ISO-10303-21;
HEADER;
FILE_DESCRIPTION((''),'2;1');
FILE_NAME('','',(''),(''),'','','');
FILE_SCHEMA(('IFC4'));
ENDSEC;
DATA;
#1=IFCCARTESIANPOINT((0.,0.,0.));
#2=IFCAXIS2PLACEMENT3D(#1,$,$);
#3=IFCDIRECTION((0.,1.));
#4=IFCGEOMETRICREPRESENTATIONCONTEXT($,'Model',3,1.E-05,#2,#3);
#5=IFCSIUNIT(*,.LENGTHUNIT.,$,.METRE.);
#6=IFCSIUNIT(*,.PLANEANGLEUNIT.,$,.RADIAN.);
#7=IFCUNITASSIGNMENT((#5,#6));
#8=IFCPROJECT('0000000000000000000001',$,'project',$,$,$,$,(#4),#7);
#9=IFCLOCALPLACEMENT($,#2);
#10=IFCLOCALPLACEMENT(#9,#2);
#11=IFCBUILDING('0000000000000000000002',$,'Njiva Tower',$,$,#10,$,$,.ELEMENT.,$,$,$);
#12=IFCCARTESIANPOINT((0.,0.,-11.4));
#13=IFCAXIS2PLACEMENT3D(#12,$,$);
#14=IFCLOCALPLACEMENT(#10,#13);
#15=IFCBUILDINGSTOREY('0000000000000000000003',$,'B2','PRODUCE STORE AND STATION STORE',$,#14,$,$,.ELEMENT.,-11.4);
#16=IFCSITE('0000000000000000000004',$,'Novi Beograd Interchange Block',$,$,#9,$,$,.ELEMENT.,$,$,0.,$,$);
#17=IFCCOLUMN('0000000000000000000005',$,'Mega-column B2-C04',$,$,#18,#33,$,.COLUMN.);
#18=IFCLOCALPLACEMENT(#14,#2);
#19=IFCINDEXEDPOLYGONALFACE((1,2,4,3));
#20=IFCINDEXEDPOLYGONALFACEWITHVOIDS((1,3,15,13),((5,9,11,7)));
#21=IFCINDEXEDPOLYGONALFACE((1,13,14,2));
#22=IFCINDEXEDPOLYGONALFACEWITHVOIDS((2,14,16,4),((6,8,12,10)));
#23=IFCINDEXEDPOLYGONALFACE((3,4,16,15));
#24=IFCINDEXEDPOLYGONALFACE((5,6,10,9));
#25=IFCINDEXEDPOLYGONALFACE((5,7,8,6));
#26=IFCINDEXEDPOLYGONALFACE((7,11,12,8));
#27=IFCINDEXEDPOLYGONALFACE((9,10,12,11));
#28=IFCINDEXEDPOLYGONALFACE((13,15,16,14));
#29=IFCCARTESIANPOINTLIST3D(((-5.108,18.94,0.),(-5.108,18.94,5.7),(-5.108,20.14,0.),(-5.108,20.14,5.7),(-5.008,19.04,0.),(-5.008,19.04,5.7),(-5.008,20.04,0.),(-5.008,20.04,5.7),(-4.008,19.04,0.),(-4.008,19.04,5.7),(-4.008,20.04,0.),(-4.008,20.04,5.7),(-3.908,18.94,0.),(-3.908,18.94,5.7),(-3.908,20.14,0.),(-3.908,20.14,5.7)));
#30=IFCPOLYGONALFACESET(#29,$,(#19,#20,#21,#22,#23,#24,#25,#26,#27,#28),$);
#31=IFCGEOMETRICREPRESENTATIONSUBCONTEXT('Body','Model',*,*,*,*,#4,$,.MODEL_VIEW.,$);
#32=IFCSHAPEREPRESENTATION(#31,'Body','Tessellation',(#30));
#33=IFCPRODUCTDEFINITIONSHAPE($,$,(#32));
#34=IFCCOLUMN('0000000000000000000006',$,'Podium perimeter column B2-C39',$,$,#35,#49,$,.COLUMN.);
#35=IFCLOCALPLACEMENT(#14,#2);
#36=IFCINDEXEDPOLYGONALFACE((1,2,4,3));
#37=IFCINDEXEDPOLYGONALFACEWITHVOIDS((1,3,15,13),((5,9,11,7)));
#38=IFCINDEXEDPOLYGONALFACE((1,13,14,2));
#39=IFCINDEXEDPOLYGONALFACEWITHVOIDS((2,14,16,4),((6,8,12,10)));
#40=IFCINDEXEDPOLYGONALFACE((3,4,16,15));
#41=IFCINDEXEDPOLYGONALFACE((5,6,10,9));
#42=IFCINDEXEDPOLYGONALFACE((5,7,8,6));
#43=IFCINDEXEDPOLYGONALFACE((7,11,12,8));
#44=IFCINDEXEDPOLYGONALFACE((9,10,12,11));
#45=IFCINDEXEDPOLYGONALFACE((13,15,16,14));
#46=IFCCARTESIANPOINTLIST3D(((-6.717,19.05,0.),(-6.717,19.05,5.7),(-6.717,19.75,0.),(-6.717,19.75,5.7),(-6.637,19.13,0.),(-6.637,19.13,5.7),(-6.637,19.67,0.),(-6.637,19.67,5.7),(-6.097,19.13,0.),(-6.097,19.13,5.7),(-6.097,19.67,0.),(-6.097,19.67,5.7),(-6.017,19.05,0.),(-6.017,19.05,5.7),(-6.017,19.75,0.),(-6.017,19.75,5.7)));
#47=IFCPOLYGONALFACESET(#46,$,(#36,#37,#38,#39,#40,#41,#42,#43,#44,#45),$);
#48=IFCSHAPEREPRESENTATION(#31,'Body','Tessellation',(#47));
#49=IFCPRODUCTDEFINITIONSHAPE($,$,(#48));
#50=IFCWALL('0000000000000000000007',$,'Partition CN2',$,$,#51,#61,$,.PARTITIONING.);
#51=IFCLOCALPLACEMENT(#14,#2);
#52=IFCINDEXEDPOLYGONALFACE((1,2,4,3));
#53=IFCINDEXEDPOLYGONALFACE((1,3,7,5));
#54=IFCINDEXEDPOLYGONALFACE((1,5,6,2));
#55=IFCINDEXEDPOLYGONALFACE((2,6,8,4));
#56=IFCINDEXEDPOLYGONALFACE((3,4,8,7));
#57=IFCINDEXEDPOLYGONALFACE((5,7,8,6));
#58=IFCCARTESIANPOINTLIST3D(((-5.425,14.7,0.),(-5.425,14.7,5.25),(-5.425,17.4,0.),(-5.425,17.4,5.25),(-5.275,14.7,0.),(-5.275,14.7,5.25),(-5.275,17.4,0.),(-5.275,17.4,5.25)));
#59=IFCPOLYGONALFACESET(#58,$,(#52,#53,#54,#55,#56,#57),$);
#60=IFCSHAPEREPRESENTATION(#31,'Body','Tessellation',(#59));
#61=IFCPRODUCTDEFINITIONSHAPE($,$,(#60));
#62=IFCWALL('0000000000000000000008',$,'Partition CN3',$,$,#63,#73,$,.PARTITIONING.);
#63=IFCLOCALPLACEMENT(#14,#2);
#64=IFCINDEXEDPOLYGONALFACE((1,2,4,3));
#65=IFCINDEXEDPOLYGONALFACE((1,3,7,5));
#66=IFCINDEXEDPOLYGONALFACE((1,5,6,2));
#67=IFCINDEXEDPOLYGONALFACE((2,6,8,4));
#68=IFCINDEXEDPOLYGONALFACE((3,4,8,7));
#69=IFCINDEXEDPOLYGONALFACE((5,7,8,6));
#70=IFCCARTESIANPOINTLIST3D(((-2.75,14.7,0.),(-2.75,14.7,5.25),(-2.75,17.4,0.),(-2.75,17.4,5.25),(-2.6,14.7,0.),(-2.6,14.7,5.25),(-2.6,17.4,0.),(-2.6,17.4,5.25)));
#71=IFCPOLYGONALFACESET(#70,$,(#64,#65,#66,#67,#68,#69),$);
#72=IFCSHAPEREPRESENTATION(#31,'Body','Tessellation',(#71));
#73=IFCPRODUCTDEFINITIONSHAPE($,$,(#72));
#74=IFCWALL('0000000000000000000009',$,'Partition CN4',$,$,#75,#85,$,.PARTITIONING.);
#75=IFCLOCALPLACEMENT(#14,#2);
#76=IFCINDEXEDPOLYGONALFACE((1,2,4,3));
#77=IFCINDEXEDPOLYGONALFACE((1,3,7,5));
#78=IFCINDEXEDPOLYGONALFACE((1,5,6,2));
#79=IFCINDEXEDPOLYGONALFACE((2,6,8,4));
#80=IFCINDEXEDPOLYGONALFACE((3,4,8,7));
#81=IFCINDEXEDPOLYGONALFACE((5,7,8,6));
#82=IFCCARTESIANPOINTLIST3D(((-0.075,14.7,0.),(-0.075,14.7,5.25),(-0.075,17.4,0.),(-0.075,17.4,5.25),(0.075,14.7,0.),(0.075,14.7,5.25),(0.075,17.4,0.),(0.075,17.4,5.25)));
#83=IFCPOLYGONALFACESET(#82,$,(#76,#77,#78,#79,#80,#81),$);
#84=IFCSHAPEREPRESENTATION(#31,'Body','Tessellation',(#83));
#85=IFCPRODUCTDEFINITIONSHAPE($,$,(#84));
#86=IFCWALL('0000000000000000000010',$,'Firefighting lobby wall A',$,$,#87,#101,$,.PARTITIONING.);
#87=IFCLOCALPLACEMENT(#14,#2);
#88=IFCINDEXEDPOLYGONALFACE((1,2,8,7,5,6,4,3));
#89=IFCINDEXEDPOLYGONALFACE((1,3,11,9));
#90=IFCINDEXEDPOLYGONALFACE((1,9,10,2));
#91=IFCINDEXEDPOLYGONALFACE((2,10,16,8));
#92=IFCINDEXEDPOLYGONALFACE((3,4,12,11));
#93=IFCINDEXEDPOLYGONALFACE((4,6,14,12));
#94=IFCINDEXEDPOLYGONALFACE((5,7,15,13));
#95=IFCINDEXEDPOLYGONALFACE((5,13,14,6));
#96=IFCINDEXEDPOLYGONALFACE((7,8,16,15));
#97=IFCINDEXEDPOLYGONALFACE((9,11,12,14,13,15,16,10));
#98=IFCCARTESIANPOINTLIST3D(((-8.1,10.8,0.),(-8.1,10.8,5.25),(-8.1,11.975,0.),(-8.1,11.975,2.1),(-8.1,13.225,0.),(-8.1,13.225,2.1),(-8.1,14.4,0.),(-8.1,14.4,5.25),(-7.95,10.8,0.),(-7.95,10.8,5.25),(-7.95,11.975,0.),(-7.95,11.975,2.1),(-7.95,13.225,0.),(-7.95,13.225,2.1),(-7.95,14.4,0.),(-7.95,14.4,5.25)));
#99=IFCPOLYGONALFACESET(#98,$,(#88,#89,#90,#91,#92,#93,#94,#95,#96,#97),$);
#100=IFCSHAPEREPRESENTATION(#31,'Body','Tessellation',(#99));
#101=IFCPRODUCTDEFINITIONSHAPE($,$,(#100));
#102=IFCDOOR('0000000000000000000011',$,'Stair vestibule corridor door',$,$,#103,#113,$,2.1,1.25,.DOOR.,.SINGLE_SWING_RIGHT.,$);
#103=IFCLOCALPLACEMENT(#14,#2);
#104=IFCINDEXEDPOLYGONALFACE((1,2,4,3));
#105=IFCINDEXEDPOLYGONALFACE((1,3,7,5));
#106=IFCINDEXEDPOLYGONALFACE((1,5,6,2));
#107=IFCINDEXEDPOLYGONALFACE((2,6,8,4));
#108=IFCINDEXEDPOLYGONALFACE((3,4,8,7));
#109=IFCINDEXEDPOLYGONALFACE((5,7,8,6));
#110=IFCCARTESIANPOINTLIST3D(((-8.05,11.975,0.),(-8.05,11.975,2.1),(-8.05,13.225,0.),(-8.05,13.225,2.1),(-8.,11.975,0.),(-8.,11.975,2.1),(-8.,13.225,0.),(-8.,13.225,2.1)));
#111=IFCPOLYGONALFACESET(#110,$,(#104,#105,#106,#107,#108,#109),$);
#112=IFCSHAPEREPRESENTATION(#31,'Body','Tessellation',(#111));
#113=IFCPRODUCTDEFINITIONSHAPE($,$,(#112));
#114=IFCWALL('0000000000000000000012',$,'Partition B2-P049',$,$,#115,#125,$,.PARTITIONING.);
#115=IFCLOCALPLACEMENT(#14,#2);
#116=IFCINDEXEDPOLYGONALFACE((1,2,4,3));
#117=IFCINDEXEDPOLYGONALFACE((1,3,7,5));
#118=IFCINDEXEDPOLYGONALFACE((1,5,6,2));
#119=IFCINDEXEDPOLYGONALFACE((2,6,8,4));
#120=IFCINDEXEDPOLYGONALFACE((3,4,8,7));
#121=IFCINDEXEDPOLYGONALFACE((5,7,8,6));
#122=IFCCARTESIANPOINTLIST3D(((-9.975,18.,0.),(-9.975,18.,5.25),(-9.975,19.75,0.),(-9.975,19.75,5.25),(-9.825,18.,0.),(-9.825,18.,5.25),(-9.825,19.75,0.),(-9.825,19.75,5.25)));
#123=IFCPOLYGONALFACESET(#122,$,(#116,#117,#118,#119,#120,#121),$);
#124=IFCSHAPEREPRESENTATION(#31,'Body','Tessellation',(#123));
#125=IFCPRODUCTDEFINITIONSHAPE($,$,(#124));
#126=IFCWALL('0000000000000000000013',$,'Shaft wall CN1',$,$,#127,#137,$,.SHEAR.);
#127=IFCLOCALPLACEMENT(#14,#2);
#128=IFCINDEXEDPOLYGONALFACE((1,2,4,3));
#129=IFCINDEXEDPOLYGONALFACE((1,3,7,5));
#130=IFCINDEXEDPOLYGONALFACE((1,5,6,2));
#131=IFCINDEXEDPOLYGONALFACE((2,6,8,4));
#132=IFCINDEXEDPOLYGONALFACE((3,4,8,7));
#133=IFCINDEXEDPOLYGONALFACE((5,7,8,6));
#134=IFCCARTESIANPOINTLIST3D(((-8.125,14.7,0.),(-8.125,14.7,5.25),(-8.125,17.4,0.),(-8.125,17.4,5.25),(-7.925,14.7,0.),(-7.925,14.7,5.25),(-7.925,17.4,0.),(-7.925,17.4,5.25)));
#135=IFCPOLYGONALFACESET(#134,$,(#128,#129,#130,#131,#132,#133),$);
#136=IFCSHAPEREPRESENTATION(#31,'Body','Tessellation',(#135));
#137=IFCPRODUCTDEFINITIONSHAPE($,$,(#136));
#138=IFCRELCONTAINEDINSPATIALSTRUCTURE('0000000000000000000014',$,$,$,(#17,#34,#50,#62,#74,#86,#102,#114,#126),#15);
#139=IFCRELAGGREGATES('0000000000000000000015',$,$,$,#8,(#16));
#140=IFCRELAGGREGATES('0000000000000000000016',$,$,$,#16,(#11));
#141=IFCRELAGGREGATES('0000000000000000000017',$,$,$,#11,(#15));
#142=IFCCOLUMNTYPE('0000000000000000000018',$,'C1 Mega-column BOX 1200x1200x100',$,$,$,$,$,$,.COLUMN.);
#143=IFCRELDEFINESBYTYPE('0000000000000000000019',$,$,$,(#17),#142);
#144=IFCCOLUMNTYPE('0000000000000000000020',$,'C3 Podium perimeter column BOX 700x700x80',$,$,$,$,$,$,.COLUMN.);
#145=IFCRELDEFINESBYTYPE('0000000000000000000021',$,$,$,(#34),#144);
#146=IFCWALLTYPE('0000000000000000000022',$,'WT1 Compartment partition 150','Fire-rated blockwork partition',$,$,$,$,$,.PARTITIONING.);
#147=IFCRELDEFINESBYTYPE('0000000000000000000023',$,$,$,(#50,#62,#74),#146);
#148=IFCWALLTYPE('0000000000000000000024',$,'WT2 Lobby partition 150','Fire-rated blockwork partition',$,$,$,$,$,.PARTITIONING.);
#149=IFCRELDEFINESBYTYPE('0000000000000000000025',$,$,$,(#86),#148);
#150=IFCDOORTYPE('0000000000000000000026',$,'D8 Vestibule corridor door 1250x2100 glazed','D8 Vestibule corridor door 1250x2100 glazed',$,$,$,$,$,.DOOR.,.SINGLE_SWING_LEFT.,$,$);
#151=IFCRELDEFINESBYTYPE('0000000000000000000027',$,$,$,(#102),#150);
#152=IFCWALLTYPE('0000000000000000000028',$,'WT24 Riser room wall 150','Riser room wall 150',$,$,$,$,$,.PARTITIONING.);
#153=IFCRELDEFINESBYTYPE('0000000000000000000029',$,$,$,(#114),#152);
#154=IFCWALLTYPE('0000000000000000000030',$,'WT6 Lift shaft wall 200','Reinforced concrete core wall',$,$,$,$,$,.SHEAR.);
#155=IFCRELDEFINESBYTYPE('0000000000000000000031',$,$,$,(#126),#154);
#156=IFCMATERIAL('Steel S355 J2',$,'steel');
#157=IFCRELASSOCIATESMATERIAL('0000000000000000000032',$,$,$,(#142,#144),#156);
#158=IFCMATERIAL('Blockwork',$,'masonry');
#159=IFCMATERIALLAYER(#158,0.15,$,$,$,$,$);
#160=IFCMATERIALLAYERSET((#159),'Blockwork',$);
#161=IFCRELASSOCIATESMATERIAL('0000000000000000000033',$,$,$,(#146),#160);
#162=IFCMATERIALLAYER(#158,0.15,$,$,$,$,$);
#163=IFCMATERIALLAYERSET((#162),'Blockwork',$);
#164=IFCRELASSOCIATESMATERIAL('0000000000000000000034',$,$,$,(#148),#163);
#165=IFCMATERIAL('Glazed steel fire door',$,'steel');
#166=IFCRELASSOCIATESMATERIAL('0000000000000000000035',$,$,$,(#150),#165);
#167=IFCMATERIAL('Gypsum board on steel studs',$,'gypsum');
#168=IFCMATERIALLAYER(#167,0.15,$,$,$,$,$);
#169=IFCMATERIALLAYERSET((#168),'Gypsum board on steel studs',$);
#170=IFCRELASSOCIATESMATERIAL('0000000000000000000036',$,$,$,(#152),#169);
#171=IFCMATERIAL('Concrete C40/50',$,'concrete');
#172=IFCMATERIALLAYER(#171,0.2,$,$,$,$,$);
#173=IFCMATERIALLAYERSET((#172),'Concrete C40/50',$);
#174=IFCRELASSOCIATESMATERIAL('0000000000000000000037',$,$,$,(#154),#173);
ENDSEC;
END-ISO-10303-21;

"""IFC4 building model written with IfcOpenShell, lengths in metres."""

from ifc_helpers import new_model, si_unit, direction, frame, frame_2d, origin, origin_2d, place, context, subcontext, project, spatial, rectangle, hollow_rectangle, extrude, material, layer, layer_set, material_profile, profile_set, type_object, element, fill, save


model = new_model("IFC4")

# Units and contexts
model_context = context("Model", 3, precision=1e-05, world=origin(), true_north=direction((0.0, 1.0)))
body_context = subcontext(model_context, "Body", "Model", "MODEL_VIEW")
ifc_project = project(units=[si_unit("LENGTHUNIT", "METRE"), si_unit("PLANEANGLEUNIT", "RADIAN")], contexts=[model_context])

# Site, building, storey
site_placement = place(None, origin())
site = spatial("IfcSite", under=ifc_project, at=site_placement, Name="Novi Beograd Interchange Block", CompositionType="ELEMENT", RefElevation=0.0)
building_placement = place(site_placement, origin())
building = spatial("IfcBuilding", under=site, at=building_placement, Name="Njiva Tower", CompositionType="ELEMENT")
storey_placement = place(building_placement, frame((0.0, 0.0, -11.4)))
storey = spatial("IfcBuildingStorey", under=building, at=storey_placement, Name="B2", Description="PRODUCE STORE AND STATION STORE", CompositionType="ELEMENT", Elevation=-11.4)

# Columns
ifc_material_1 = material(Name="Steel S355 J2", Category="steel")
ifc_material_profile_1 = material_profile(ifc_material_1, hollow_rectangle(XDim=1.2, YDim=1.2, WallThickness=0.1, at=origin_2d()), Name="BOX 1200x1200x100")
ifc_profile_set_1 = profile_set([ifc_material_profile_1], Name="Steel S355 J2")
column_type_1 = type_object("IfcColumnType", Name="C1 Mega-column BOX 1200x1200x100", PredefinedType="COLUMN", material=ifc_profile_set_1)
column_1_placement = place(storey_placement, frame((-4.508, 19.54, 0.0), z_axis=(0.0, 0.0, 1.0), x_axis=(-1.0, 0.0, 0.0)))
element("IfcColumn", 1, at=column_1_placement, inside=storey, type_object=column_type_1, Name="Mega-column B2-C04", PredefinedType="COLUMN", context=body_context, shape_type="SweptSolid", body=[
    extrude(hollow_rectangle(XDim=1.2, YDim=1.2, WallThickness=0.1, at=origin_2d()), origin(), (0.0, 0.0, 1.0), 5.7),
])
ifc_material_profile_2 = material_profile(ifc_material_1, hollow_rectangle(XDim=0.7, YDim=0.7, WallThickness=0.08, at=origin_2d()), Name="BOX 700x700x80")
ifc_profile_set_2 = profile_set([ifc_material_profile_2], Name="Steel S355 J2")
column_type_2 = type_object("IfcColumnType", Name="C3 Podium perimeter column BOX 700x700x80", PredefinedType="COLUMN", material=ifc_profile_set_2)
column_2_placement = place(storey_placement, frame((-6.367, 19.4, 0.0), z_axis=(0.0, 0.0, 1.0), x_axis=(-1.0, 0.0, 0.0)))
element("IfcColumn", 2, at=column_2_placement, inside=storey, type_object=column_type_2, Name="Podium perimeter column B2-C39", PredefinedType="COLUMN", context=body_context, shape_type="SweptSolid", body=[
    extrude(hollow_rectangle(XDim=0.7, YDim=0.7, WallThickness=0.08, at=origin_2d()), origin(), (0.0, 0.0, 1.0), 5.7),
])

# Walls
ifc_material_2 = material(Name="Blockwork", Category="masonry")
ifc_layer_1 = layer(ifc_material_2, 0.15)
ifc_layer_set_1 = layer_set([ifc_layer_1], Name="Blockwork")
wall_type_1 = type_object("IfcWallType", Name="WT1 Compartment partition 150", Description="Fire-rated blockwork partition", PredefinedType="PARTITIONING", material=ifc_layer_set_1)
for number, where, z_axis, x_axis, name in (
    (3, (-5.35, 14.7, 0.0), (0.0, 0.0, 1.0), (0.0, 1.0, 0.0), "Partition CN2"),
    (4, (-2.675, 14.7, 0.0), (0.0, 0.0, 1.0), (0.0, 1.0, 0.0), "Partition CN3"),
    (5, (0.0, 14.7, 0.0), (0.0, 0.0, 1.0), (0.0, 1.0, 0.0), "Partition CN4"),
):
    element("IfcWall", number, at=place(storey_placement, frame(where, z_axis=z_axis, x_axis=x_axis)), inside=storey, type_object=wall_type_1, Name=name, PredefinedType="PARTITIONING", context=body_context, shape_type="SweptSolid", body=[
        extrude(rectangle(XDim=2.7, YDim=0.15, at=frame_2d((1.35, 0.0))), origin(), (0.0, 0.0, 1.0), 5.25),
    ])

# Wall, opening, door
ifc_layer_2 = layer(ifc_material_2, 0.15)
ifc_layer_set_2 = layer_set([ifc_layer_2], Name="Blockwork")
wall_type_2 = type_object("IfcWallType", Name="WT2 Lobby partition 150", Description="Fire-rated blockwork partition", PredefinedType="PARTITIONING", material=ifc_layer_set_2)
wall_1_placement = place(storey_placement, frame((-8.025, 10.8, 0.0), z_axis=(0.0, 0.0, 1.0), x_axis=(0.0, 1.0, 0.0)))
wall_1 = element("IfcWall", 6, at=wall_1_placement, inside=storey, type_object=wall_type_2, Name="Firefighting lobby wall A", PredefinedType="PARTITIONING", context=body_context, shape_type="SweptSolid", body=[
    extrude(rectangle(XDim=3.6, YDim=0.15, at=frame_2d((1.8, 0.0))), origin(), (0.0, 0.0, 1.0), 5.25),
])
opening_1_placement = place(wall_1_placement, frame((1.175, 0.0, 0.0)))
opening_1 = element("IfcOpeningElement", 7, at=opening_1_placement, cuts=wall_1, PredefinedType="OPENING", context=body_context, shape_type="SweptSolid", body=[
    extrude(rectangle(XDim=1.25, YDim=2.1, at=frame_2d((0.625, 1.05))), frame((0.0, 0.085, 0.0), z_axis=(0.0, -1.0, 0.0), x_axis=(1.0, 0.0, 0.0)), (0.0, 0.0, 1.0), 0.17),
])
ifc_material_3 = material(Name="Glazed steel fire door", Category="steel")
door_type_1 = type_object("IfcDoorType", Name="D8 Vestibule corridor door 1250x2100 glazed", Description="D8 Vestibule corridor door 1250x2100 glazed", OperationType="SINGLE_SWING_LEFT", PredefinedType="DOOR", material=ifc_material_3)
door_1_placement = place(opening_1_placement, origin())
door_1 = element("IfcDoor", 8, at=door_1_placement, inside=storey, type_object=door_type_1, Name="Stair vestibule corridor door", OperationType="SINGLE_SWING_RIGHT", OverallHeight=2.1, OverallWidth=1.25, PredefinedType="DOOR", context=body_context, shape_type="SweptSolid", body=[
    extrude(rectangle(XDim=1.25, YDim=2.1, at=frame_2d((0.625, 1.05))), frame((0.0, 0.025, 0.0), z_axis=(0.0, -1.0, 0.0), x_axis=(1.0, 0.0, 0.0)), (0.0, 0.0, 1.0), 0.05),
])
fill(opening_1, door_1)

# Walls
ifc_material_4 = material(Name="Gypsum board on steel studs", Category="gypsum")
ifc_layer_3 = layer(ifc_material_4, 0.15)
ifc_layer_set_3 = layer_set([ifc_layer_3], Name="Gypsum board on steel studs")
wall_type_3 = type_object("IfcWallType", Name="WT24 Riser room wall 150", Description="Riser room wall 150", PredefinedType="PARTITIONING", material=ifc_layer_set_3)
wall_2_placement = place(storey_placement, frame((-9.9, 18.0, 0.0), z_axis=(0.0, 0.0, 1.0), x_axis=(0.0, 1.0, 0.0)))
element("IfcWall", 9, at=wall_2_placement, inside=storey, type_object=wall_type_3, Name="Partition B2-P049", PredefinedType="PARTITIONING", context=body_context, shape_type="SweptSolid", body=[
    extrude(rectangle(XDim=1.75, YDim=0.15, at=frame_2d((0.875, 0.0))), origin(), (0.0, 0.0, 1.0), 5.25),
])
ifc_material_5 = material(Name="Concrete C40/50", Category="concrete")
ifc_layer_4 = layer(ifc_material_5, 0.2)
ifc_layer_set_4 = layer_set([ifc_layer_4], Name="Concrete C40/50")
wall_type_4 = type_object("IfcWallType", Name="WT6 Lift shaft wall 200", Description="Reinforced concrete core wall", PredefinedType="SHEAR", material=ifc_layer_set_4)
wall_3_placement = place(storey_placement, frame((-8.025, 14.7, 0.0), z_axis=(0.0, 0.0, 1.0), x_axis=(0.0, 1.0, 0.0)))
element("IfcWall", 10, at=wall_3_placement, inside=storey, type_object=wall_type_4, Name="Shaft wall CN1", PredefinedType="SHEAR", context=body_context, shape_type="SweptSolid", body=[
    extrude(rectangle(XDim=2.7, YDim=0.2, at=frame_2d((1.35, 0.0))), origin(), (0.0, 0.0, 1.0), 5.25),
])

save(model, "model.ifc")
